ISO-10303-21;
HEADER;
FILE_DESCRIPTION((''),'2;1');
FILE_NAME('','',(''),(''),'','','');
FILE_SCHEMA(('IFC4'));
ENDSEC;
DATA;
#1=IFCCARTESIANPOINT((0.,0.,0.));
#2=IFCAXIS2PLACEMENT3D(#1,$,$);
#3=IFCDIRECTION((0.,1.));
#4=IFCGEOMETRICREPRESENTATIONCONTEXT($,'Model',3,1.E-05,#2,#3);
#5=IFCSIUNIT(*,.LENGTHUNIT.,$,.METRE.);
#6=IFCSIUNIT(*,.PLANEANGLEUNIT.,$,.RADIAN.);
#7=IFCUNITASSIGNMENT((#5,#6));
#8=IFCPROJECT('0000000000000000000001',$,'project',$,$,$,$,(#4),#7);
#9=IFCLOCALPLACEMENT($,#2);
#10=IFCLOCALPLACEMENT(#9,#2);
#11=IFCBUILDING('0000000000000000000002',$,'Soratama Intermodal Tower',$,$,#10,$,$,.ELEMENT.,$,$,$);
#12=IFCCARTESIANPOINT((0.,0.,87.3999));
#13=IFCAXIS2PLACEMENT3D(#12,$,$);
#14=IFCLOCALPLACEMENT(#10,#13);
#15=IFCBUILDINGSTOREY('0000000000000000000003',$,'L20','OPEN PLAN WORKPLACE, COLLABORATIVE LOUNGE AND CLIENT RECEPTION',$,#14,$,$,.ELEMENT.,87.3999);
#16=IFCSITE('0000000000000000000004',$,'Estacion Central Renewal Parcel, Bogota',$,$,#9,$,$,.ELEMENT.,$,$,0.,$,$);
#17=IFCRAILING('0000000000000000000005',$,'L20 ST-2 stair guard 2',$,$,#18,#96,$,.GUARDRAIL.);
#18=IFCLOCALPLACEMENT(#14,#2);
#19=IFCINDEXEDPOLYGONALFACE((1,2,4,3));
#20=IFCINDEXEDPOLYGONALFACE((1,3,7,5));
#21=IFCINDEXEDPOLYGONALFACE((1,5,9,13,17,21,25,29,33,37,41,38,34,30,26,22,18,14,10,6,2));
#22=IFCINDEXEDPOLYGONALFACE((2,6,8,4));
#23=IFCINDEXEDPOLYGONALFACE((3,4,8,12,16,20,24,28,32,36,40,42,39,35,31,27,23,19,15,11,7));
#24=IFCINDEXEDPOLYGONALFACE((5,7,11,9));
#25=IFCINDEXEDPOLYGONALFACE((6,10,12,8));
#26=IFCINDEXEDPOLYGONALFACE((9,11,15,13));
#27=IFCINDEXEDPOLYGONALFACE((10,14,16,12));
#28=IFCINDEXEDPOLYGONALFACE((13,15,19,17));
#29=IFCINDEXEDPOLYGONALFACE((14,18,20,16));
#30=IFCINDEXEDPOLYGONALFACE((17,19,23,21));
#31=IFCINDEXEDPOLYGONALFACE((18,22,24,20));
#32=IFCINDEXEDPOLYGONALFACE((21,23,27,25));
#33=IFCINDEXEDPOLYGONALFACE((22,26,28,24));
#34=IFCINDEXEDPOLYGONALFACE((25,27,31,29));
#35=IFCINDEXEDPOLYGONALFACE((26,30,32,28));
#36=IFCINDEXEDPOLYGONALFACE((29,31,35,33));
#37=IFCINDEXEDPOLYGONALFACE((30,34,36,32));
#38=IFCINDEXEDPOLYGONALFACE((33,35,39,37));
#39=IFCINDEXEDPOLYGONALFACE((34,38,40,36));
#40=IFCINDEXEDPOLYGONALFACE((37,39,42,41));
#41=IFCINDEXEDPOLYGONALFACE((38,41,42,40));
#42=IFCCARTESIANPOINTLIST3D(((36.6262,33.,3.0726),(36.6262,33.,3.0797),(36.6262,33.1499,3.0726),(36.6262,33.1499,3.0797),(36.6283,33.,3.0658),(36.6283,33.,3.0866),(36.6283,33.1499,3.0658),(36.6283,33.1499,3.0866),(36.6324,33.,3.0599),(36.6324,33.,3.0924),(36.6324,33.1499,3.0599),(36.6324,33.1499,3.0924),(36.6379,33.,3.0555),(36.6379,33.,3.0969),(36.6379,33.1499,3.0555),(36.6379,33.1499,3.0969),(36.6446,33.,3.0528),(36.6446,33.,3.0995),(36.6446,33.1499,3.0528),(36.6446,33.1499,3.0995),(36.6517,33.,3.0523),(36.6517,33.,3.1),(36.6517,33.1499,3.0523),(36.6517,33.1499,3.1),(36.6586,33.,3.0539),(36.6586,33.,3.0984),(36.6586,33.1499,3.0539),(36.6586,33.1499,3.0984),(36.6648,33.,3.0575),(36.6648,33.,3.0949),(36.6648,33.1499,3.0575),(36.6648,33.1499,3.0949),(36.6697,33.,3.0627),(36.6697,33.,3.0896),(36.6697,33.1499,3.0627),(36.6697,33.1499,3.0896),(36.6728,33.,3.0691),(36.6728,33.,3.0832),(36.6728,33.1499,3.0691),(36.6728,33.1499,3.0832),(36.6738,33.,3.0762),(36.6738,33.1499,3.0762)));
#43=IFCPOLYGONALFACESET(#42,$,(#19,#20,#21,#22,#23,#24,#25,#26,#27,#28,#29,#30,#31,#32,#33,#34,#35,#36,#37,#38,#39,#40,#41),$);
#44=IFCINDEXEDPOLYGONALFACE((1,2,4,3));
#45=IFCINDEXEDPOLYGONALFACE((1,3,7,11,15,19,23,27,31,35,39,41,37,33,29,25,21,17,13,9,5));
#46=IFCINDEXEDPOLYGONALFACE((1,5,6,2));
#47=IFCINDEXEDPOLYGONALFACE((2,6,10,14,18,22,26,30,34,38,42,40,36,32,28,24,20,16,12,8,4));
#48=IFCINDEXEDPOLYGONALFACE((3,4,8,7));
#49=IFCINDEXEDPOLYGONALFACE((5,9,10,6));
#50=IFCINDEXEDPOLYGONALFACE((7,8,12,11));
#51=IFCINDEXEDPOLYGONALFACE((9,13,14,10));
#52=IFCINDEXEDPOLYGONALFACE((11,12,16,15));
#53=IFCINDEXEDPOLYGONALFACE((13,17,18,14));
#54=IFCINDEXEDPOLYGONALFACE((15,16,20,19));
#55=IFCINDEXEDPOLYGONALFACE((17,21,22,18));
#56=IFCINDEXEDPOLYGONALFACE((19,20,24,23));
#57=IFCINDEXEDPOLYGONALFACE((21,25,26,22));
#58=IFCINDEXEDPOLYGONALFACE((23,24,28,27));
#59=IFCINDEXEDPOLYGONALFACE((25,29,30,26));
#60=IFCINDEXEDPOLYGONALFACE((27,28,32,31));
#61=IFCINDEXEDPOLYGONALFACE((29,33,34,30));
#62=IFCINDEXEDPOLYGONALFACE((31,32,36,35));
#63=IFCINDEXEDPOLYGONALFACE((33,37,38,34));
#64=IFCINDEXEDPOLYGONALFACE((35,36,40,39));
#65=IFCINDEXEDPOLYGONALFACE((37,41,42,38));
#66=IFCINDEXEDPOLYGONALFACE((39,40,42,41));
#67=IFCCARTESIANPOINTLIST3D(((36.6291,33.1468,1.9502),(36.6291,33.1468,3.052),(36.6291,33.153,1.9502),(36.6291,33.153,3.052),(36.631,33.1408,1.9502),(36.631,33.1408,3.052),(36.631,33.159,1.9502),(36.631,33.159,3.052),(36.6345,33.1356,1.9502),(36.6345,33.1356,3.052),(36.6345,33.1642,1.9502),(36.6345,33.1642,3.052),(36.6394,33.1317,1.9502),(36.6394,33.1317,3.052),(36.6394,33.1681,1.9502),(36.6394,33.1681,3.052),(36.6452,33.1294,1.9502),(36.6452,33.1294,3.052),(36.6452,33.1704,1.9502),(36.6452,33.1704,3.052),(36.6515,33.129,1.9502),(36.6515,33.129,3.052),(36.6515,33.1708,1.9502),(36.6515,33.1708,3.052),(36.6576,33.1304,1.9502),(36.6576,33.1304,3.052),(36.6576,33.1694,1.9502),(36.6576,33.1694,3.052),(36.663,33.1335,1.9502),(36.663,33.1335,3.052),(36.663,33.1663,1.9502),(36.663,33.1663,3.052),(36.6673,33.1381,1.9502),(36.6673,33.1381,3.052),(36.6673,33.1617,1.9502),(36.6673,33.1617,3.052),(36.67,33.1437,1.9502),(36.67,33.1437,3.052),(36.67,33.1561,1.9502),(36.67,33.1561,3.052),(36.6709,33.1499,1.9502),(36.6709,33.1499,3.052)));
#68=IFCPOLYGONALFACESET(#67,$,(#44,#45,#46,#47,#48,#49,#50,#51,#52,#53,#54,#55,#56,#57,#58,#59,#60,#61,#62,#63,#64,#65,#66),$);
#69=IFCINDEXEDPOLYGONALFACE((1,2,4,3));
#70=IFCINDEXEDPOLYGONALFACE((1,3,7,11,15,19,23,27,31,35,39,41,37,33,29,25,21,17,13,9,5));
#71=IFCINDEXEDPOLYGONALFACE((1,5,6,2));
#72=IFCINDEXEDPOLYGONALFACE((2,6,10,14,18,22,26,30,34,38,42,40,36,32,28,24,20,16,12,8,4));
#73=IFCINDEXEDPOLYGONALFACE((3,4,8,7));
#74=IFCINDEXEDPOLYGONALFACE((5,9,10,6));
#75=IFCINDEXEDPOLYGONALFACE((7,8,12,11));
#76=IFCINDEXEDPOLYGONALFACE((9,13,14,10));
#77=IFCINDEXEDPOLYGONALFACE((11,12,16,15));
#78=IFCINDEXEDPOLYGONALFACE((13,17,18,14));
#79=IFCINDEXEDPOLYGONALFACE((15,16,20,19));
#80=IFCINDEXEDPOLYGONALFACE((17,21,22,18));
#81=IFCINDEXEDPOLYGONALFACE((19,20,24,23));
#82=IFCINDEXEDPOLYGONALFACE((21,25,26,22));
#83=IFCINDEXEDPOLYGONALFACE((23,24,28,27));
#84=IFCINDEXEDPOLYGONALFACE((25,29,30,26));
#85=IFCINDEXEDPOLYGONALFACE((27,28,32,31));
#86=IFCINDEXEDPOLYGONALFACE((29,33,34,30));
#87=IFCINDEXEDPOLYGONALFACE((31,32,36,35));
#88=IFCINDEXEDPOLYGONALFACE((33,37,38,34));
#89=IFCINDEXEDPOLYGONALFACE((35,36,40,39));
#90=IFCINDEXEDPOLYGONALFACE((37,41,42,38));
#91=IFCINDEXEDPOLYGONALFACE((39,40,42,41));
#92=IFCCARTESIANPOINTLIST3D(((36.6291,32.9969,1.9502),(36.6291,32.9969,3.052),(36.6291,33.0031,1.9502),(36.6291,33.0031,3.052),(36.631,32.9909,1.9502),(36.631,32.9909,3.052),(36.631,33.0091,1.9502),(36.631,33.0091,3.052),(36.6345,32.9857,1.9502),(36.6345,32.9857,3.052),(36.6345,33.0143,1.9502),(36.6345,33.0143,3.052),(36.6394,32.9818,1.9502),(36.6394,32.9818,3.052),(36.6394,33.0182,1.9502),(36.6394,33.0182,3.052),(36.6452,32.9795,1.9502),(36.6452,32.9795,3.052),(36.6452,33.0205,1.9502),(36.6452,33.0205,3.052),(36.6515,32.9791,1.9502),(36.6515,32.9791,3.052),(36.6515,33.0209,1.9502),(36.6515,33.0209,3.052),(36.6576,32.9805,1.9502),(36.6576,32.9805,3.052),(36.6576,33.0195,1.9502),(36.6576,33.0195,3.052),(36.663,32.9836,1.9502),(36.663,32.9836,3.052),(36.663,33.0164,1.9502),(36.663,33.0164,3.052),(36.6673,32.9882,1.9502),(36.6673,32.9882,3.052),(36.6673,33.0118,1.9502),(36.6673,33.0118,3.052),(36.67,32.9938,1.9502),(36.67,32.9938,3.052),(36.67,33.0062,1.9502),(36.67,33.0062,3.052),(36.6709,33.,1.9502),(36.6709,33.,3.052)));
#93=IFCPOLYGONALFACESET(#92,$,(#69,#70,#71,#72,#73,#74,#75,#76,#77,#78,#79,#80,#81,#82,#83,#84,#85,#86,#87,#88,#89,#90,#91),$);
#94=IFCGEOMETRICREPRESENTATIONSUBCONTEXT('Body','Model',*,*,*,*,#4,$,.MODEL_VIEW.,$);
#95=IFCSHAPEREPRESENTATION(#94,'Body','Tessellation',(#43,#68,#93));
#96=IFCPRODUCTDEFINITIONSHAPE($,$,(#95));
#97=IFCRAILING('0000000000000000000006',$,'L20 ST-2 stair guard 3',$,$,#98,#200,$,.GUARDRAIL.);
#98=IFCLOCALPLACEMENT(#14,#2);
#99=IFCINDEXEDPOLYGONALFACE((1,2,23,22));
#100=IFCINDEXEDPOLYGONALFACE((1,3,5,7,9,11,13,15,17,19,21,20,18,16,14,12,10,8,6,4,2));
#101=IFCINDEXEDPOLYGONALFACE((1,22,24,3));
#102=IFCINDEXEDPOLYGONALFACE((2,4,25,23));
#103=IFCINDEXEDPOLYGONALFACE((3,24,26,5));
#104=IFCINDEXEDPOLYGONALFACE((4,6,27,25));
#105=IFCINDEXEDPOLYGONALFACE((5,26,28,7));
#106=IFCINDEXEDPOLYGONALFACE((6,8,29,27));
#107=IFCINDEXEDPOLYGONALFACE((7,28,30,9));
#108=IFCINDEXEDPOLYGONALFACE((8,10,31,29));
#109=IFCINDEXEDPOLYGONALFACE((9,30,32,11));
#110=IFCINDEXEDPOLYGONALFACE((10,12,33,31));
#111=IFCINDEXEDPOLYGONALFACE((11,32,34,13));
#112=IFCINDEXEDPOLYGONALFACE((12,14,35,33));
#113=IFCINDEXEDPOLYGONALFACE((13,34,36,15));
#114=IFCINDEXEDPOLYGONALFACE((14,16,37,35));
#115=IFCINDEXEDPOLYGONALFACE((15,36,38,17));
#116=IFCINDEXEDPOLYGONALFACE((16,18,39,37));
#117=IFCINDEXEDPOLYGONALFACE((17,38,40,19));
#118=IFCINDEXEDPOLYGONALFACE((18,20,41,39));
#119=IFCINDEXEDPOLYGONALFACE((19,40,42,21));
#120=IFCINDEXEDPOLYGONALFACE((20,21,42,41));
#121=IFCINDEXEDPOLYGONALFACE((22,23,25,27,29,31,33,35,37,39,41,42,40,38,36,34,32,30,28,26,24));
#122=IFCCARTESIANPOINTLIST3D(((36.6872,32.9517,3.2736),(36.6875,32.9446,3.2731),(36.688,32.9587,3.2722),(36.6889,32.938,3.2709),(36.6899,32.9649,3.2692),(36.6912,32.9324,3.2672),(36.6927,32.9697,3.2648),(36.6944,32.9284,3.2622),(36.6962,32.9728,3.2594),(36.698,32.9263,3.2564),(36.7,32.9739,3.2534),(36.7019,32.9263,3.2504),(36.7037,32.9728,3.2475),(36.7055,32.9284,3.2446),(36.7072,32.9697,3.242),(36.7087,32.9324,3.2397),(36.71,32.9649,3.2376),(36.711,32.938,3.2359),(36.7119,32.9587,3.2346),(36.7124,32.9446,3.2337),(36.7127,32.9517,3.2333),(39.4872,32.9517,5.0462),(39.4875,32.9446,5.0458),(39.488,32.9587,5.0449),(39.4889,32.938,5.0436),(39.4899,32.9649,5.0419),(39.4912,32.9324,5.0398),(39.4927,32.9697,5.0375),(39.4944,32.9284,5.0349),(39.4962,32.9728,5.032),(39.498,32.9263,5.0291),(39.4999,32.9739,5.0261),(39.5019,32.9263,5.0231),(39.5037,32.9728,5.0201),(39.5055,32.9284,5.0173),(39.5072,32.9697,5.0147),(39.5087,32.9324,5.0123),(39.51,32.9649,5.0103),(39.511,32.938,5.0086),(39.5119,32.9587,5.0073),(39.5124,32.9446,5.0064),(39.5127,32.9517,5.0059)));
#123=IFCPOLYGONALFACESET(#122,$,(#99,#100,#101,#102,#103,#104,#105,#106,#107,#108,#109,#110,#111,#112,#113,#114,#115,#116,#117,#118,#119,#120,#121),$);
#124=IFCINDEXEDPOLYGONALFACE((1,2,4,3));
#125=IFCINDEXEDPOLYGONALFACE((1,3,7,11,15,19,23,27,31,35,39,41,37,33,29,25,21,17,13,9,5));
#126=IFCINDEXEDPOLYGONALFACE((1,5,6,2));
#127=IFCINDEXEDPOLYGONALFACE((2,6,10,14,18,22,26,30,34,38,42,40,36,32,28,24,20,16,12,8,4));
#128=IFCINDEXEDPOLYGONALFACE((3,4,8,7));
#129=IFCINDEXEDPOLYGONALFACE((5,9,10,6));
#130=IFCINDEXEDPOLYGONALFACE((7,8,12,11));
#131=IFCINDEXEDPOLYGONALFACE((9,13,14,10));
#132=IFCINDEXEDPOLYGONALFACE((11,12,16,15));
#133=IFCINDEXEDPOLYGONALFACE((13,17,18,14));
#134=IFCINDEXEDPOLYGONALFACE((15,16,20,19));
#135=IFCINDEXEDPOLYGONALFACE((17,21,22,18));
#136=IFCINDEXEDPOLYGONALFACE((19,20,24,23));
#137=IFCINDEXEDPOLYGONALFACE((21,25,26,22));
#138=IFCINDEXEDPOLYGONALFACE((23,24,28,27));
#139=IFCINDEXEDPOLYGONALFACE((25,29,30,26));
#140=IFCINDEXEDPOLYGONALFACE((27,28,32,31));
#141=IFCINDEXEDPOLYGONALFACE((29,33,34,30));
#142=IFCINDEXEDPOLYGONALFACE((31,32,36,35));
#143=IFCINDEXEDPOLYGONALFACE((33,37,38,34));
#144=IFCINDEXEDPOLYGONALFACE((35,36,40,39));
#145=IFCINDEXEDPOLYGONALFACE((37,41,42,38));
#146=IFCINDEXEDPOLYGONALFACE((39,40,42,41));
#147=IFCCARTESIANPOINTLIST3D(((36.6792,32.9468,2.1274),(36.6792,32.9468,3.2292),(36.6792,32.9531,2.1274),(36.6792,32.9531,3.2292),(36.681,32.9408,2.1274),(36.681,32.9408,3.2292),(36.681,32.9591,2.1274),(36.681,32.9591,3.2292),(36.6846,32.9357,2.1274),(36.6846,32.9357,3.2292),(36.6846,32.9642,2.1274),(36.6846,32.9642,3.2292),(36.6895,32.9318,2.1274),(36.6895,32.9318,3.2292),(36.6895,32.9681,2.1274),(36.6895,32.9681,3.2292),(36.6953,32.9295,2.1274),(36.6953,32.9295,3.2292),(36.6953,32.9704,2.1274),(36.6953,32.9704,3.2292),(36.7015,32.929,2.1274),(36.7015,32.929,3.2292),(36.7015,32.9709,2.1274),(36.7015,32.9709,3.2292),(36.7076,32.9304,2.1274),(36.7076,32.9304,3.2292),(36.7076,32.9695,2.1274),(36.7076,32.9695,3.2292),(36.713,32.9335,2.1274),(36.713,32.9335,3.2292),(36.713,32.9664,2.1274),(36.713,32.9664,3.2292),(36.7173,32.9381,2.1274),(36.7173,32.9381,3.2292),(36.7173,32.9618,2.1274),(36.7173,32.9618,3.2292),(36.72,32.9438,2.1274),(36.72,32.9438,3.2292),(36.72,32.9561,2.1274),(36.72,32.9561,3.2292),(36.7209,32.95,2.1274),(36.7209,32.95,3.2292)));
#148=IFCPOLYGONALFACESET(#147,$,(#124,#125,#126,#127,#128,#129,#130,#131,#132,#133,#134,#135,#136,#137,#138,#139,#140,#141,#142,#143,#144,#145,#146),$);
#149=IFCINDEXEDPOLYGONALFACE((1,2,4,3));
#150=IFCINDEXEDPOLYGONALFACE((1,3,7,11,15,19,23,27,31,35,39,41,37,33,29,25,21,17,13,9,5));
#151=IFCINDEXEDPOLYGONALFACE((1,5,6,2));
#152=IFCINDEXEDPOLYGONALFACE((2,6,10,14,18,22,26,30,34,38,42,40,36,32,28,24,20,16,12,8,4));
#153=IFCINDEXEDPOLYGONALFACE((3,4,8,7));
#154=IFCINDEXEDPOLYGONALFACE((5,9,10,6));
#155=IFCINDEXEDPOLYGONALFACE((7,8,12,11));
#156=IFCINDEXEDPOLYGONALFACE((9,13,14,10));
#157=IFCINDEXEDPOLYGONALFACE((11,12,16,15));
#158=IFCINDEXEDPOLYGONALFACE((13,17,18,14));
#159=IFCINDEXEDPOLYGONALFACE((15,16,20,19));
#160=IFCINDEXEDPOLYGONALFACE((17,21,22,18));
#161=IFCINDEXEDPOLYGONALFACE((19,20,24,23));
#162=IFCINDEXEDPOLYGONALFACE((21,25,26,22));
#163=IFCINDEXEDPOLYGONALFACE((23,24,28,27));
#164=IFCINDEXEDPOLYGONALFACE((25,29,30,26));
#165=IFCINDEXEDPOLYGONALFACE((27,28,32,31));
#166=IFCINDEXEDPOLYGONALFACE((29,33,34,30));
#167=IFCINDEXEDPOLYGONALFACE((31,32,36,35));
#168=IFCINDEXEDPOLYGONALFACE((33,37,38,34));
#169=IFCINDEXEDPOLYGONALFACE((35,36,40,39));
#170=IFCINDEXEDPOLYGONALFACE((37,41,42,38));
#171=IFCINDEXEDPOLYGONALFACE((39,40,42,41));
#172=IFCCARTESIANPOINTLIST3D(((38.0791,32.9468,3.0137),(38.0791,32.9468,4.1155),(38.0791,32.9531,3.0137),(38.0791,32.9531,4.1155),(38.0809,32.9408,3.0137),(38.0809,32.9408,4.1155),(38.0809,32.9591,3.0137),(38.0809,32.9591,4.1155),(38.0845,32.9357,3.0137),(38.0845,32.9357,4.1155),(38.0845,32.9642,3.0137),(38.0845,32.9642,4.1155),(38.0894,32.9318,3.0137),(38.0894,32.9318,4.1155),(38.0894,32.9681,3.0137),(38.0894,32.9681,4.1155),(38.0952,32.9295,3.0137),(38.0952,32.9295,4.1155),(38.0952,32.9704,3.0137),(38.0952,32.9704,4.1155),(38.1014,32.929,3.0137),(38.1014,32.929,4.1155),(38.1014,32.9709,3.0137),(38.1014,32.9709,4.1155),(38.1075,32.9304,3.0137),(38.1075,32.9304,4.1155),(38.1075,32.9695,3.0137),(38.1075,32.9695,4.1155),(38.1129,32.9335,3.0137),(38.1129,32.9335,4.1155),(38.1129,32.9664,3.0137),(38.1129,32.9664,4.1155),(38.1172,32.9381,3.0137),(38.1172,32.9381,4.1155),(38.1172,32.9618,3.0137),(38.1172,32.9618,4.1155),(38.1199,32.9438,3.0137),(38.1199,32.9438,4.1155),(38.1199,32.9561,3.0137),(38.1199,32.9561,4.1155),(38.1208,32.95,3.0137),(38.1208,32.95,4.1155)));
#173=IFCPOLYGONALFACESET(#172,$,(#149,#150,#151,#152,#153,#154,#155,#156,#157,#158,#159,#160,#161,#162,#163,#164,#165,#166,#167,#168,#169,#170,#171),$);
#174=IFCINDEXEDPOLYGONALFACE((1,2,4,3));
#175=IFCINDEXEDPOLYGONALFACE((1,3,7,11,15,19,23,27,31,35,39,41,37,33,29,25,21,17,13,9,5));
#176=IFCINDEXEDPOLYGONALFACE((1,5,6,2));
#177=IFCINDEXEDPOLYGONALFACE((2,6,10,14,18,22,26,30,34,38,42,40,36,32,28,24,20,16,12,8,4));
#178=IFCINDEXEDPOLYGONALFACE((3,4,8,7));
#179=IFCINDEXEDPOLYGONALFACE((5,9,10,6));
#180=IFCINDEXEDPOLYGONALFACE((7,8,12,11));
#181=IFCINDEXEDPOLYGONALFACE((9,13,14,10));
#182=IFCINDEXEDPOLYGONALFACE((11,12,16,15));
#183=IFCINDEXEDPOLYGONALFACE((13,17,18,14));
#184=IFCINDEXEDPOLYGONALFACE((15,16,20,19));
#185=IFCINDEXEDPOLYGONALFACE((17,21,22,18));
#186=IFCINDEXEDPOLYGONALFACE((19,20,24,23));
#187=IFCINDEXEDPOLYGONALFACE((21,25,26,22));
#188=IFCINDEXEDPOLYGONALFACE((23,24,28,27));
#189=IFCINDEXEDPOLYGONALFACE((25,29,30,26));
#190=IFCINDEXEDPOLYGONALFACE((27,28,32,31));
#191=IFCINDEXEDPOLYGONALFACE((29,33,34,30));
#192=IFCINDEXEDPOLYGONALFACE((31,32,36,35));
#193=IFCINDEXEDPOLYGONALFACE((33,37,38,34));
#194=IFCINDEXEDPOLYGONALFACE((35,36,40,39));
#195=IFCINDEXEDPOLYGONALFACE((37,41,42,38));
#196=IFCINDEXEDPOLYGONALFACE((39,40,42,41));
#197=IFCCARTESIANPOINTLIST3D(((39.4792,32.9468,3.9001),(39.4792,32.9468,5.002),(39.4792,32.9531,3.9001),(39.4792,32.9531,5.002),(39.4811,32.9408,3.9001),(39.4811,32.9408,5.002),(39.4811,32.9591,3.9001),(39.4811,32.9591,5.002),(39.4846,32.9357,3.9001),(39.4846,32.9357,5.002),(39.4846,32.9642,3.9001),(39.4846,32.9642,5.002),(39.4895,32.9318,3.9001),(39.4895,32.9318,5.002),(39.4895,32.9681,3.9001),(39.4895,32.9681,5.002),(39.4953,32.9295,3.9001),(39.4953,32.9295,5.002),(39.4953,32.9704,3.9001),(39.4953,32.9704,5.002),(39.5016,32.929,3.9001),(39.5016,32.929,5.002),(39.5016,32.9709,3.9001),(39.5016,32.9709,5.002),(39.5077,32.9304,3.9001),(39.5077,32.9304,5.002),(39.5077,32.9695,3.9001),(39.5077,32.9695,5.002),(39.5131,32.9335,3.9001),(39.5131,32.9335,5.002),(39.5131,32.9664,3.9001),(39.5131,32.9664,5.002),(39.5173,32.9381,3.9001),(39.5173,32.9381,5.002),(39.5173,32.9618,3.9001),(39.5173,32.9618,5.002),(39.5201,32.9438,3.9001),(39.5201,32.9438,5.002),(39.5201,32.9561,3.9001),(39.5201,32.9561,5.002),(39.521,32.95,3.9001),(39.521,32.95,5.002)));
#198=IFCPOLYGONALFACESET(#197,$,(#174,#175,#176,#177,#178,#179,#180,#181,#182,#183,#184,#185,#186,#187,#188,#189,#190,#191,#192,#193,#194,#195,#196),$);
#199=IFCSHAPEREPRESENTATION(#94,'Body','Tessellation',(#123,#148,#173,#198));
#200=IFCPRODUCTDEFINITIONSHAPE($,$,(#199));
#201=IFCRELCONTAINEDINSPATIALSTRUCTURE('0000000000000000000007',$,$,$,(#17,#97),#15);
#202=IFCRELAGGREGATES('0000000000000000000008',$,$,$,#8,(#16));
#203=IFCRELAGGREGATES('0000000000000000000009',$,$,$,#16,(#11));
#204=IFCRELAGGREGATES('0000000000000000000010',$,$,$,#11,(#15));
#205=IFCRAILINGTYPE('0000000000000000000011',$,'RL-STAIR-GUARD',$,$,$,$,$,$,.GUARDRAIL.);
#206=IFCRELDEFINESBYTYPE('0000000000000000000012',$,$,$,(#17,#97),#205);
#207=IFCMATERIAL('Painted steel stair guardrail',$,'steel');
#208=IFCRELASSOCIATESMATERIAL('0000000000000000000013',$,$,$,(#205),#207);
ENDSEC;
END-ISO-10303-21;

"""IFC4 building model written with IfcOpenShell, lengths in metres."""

from ifc_helpers import new_model, si_unit, direction, frame, origin, origin_2d, place, context, subcontext, project, spatial, circle, extrude, material, type_object, element, save


model = new_model("IFC4")

# Units and contexts
model_context = context("Model", 3, precision=1e-05, world=origin(), true_north=direction((0.0, 1.0)))
body_context = subcontext(model_context, "Body", "Model", "MODEL_VIEW")
ifc_project = project(units=[si_unit("LENGTHUNIT", "METRE"), si_unit("PLANEANGLEUNIT", "RADIAN")], contexts=[model_context])

# Site, building, storey
site_placement = place(None, origin())
site = spatial("IfcSite", under=ifc_project, at=site_placement, Name="Estacion Central Renewal Parcel, Bogota", CompositionType="ELEMENT", RefElevation=0.0)
building_placement = place(site_placement, origin())
building = spatial("IfcBuilding", under=site, at=building_placement, Name="Soratama Intermodal Tower", CompositionType="ELEMENT")
storey_placement = place(building_placement, frame((0.0, 0.0, 87.3999)))
storey = spatial("IfcBuildingStorey", under=building, at=storey_placement, Name="L20", Description="OPEN PLAN WORKPLACE, COLLABORATIVE LOUNGE AND CLIENT RECEPTION", CompositionType="ELEMENT", Elevation=87.3999)

# Railings
ifc_material_1 = material(Name="Painted steel stair guardrail", Category="steel")
railing_type_1 = type_object("IfcRailingType", Name="RL-STAIR-GUARD", PredefinedType="GUARDRAIL", material=ifc_material_1)
railing_1_placement = place(storey_placement, frame((36.6499, 33.1499, 1.9502)))
element("IfcRailing", 1, at=railing_1_placement, inside=storey, type_object=railing_type_1, Name="L20 ST-2 stair guard 2", PredefinedType="GUARDRAIL", context=body_context, shape_type="SweptSolid", body=[
    extrude(circle(Radius=0.0239, at=origin_2d()), frame((0.0, 0.0, 1.126), z_axis=(0.0, -1.0, 0.0), x_axis=(1.0, 0.0, 0.0)), (0.0, 0.0, 1.0), 0.1499),
    extrude(circle(Radius=0.021, at=origin_2d()), origin(), (0.0, 0.0, 1.0), 1.1018),
    extrude(circle(Radius=0.021, at=origin_2d()), frame((0.0, -0.1499, 0.0)), (0.0, 0.0, 1.0), 1.1018),
])
railing_2_placement = place(storey_placement, frame((36.7, 32.95, 2.1274)))
element("IfcRailing", 2, at=railing_2_placement, inside=storey, type_object=railing_type_1, Name="L20 ST-2 stair guard 3", PredefinedType="GUARDRAIL", context=body_context, shape_type="SweptSolid", body=[
    extrude(circle(Radius=0.0239, at=origin_2d()), frame((0.0, 0.0, 1.126), z_axis=(0.844909, 0.0, 0.53491), x_axis=(0.0, 1.0, 0.0)), (0.0, 0.0, 1.0), 3.314),
    extrude(circle(Radius=0.021, at=origin_2d()), origin(), (0.0, 0.0, 1.0), 1.1018),
    extrude(circle(Radius=0.021, at=origin_2d()), frame((1.3999, 0.0, 0.8862)), (0.0, 0.0, 1.0), 1.1018),
    extrude(circle(Radius=0.021, at=origin_2d()), frame((2.8, 0.0, 1.7727)), (0.0, 0.0, 1.0), 1.1018),
])

save(model, "model.ifc")
